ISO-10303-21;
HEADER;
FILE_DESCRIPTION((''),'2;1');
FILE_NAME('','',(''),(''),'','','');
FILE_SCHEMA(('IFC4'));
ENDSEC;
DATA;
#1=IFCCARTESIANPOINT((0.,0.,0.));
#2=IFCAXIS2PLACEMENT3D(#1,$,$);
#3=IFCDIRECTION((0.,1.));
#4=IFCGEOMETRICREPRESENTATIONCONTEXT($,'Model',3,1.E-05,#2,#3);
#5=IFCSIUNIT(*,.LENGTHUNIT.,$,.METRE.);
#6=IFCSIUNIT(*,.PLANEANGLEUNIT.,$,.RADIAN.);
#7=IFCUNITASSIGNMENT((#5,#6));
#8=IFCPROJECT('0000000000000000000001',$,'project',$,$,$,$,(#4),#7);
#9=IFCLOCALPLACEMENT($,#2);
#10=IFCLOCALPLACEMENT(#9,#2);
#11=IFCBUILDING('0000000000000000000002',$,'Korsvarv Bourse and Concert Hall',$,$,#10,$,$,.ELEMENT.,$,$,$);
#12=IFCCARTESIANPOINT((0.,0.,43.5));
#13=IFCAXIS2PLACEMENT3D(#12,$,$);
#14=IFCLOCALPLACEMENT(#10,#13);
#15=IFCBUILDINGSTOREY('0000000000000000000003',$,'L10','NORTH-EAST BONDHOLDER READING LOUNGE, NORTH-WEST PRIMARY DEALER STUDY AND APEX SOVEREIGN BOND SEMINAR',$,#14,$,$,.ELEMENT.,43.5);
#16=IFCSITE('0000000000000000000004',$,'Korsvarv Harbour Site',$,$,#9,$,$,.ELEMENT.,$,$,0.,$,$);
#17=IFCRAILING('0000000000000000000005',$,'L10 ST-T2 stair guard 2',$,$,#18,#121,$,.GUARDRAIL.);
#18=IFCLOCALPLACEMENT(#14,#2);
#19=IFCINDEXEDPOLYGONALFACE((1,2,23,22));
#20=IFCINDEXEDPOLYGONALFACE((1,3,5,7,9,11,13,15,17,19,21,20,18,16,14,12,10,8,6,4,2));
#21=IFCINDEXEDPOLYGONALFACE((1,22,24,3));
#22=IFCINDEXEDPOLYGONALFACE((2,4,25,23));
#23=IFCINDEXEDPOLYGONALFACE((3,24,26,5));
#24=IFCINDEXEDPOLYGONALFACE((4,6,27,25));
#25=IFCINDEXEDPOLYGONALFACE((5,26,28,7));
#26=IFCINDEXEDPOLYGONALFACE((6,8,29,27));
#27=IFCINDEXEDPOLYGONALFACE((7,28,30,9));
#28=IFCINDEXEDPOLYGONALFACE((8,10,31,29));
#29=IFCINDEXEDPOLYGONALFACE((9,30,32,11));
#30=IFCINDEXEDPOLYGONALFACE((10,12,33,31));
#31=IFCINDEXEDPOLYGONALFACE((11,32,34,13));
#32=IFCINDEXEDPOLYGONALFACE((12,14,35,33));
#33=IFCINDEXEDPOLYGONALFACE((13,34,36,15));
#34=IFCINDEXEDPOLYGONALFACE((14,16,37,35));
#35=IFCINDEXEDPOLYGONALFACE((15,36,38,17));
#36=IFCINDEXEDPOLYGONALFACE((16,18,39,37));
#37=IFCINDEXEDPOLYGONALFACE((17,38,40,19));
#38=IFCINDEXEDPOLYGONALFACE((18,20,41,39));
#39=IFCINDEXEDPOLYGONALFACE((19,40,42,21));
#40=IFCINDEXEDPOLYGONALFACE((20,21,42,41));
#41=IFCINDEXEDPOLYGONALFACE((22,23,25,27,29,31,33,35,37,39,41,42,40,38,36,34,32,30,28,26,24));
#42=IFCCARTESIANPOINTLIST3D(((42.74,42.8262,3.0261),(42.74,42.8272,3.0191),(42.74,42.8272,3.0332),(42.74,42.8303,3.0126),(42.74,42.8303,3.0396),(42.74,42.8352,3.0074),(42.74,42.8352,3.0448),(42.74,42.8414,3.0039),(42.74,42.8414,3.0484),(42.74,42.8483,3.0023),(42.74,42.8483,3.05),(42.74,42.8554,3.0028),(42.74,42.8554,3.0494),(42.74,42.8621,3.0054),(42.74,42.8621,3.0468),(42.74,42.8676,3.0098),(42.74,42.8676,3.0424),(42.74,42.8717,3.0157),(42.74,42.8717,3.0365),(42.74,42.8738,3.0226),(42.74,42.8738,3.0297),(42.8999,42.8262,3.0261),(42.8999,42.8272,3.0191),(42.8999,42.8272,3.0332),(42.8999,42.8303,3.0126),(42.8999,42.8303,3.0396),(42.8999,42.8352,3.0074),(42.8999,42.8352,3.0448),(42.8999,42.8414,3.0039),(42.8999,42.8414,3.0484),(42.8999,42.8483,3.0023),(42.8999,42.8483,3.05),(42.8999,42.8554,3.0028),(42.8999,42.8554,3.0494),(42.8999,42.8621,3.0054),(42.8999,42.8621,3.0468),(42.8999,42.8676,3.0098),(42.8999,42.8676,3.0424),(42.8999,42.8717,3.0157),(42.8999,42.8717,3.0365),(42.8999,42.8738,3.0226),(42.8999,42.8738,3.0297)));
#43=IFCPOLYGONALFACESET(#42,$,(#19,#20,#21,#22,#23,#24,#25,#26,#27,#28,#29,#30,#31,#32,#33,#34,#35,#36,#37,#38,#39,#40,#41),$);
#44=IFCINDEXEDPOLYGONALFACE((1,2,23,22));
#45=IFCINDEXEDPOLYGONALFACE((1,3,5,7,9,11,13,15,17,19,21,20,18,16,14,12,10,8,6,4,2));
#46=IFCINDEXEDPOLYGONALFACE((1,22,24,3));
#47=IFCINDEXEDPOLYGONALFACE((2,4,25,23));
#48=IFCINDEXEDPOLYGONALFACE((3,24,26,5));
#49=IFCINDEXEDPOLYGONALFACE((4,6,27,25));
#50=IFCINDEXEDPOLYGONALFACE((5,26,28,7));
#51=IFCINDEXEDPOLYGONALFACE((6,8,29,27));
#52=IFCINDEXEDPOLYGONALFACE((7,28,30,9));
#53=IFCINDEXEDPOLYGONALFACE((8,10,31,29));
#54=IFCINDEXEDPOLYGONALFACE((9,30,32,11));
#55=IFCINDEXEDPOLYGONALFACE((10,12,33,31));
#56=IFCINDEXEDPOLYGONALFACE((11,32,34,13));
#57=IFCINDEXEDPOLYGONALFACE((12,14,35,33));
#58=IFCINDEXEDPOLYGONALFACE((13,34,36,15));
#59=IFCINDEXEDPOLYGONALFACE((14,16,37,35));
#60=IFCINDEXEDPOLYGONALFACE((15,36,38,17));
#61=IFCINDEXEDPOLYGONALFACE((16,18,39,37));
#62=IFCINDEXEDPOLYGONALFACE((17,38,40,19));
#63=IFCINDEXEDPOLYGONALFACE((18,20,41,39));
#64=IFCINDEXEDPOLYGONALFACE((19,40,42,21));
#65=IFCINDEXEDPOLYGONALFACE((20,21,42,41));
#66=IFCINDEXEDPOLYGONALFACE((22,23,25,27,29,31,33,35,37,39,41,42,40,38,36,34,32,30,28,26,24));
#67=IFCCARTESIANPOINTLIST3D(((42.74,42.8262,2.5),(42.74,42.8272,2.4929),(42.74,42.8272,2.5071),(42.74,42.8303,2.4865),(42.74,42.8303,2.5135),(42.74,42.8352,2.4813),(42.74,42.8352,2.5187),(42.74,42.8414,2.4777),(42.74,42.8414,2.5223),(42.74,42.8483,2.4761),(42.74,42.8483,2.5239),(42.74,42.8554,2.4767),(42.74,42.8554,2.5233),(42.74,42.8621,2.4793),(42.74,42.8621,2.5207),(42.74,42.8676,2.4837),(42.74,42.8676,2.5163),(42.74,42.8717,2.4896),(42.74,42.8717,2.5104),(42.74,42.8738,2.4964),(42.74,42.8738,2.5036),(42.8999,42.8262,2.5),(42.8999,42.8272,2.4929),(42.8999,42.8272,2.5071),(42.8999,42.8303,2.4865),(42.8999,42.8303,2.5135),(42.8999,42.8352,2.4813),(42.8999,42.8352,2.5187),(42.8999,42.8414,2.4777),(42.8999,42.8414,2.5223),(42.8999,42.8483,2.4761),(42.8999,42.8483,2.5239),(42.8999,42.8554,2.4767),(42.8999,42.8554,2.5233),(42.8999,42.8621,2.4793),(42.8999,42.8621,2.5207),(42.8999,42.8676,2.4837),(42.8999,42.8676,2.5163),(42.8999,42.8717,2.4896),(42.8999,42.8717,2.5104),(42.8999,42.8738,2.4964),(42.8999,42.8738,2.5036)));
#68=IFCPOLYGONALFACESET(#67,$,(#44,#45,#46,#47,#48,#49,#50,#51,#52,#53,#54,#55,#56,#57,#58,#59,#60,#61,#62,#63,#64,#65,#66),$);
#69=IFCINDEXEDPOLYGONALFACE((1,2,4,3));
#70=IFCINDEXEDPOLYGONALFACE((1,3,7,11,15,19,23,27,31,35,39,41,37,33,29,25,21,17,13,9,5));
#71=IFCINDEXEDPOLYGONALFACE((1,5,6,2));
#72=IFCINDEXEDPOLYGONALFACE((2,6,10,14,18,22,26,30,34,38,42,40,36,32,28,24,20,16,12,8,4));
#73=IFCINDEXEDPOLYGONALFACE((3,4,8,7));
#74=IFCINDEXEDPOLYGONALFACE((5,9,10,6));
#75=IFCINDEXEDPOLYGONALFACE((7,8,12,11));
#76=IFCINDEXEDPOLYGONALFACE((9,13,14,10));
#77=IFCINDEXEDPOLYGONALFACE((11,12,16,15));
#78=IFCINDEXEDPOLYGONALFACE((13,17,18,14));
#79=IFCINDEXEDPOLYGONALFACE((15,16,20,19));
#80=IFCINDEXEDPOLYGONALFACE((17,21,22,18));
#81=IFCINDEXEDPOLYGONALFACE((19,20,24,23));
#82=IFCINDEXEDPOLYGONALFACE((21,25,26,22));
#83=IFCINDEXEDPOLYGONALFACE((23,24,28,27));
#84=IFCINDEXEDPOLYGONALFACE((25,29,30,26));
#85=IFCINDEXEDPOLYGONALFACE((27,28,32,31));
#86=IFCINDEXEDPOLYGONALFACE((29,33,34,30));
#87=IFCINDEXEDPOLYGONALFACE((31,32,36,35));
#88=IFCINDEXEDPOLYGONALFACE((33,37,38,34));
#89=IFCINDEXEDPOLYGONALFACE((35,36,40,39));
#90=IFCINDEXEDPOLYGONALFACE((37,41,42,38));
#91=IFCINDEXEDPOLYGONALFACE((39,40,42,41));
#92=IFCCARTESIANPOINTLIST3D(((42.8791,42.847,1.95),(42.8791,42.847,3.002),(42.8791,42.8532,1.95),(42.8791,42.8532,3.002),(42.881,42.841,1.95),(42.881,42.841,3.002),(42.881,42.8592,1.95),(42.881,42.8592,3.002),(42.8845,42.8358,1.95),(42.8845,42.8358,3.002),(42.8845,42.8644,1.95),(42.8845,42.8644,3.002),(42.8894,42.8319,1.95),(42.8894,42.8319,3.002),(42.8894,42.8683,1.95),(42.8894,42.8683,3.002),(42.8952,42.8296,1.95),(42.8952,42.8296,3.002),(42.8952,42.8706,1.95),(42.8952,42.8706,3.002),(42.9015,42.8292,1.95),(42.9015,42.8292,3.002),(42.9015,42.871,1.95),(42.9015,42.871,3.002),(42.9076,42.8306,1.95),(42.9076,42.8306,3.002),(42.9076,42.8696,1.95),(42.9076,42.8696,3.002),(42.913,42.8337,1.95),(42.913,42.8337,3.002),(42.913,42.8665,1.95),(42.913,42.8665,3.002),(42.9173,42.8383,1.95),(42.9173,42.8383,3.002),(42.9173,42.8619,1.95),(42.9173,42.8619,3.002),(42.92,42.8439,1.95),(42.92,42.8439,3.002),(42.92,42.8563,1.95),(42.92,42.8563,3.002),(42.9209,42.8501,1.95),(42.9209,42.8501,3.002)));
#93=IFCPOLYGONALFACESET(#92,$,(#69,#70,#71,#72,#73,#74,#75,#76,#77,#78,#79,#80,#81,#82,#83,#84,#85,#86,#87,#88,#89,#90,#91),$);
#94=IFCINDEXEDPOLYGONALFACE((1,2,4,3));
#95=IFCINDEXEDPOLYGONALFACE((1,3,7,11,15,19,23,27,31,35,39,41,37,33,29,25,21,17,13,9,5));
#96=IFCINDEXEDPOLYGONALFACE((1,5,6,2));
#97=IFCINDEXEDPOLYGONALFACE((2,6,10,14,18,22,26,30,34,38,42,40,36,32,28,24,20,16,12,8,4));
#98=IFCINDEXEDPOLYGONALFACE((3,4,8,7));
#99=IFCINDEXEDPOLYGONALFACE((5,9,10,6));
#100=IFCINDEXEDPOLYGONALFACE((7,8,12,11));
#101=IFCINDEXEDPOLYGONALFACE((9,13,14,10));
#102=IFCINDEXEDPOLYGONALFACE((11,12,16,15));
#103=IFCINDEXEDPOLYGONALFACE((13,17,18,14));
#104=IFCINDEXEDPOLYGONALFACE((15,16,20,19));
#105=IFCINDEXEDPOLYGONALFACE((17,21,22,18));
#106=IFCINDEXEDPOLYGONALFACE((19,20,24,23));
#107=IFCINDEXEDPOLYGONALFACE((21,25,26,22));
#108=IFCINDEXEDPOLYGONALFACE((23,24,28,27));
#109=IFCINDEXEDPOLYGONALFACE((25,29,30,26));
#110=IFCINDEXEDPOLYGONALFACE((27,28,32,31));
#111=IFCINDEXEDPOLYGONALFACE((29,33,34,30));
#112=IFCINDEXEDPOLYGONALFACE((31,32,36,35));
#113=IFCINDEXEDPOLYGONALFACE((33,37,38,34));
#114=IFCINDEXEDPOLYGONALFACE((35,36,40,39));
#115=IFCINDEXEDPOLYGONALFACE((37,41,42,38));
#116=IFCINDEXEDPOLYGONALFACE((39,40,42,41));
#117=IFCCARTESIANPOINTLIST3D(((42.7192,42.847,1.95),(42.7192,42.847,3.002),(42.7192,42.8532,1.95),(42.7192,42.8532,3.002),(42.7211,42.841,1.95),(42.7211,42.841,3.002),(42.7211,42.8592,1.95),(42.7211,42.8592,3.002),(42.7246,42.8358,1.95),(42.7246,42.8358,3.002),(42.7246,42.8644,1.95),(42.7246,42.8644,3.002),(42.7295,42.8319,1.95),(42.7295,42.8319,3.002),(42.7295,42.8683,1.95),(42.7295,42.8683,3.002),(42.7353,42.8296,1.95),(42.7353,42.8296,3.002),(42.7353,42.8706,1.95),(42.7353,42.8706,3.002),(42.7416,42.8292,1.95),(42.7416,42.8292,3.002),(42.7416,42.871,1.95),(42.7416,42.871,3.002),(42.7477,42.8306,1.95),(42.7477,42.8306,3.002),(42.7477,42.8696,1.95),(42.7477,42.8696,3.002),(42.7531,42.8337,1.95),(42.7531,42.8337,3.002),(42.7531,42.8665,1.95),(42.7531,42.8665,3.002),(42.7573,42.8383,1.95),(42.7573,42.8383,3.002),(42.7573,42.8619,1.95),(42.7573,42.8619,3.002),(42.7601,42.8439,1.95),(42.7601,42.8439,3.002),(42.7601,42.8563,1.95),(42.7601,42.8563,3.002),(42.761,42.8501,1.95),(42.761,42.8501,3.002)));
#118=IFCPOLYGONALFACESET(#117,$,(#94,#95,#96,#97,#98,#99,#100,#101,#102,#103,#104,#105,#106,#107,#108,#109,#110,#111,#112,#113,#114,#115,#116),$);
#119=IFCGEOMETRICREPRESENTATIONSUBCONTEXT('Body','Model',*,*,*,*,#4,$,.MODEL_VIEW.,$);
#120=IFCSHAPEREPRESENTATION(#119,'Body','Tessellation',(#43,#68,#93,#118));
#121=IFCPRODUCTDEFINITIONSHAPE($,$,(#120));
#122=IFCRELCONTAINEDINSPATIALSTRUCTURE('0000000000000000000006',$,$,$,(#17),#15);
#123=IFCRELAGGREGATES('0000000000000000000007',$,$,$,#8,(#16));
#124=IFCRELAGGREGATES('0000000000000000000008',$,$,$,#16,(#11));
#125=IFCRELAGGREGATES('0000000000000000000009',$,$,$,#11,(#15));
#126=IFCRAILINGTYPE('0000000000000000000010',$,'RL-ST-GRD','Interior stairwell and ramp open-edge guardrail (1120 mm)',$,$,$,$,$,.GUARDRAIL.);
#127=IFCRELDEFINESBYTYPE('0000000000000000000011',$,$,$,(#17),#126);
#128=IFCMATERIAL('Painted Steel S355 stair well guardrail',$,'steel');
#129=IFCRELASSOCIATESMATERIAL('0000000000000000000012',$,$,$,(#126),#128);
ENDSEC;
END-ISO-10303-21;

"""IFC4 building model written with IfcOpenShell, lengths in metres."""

from ifc_helpers import new_model, si_unit, direction, frame, origin, origin_2d, place, context, subcontext, project, spatial, circle, extrude, material, type_object, element, save


model = new_model("IFC4")

# Units and contexts
model_context = context("Model", 3, precision=1e-05, world=origin(), true_north=direction((0.0, 1.0)))
body_context = subcontext(model_context, "Body", "Model", "MODEL_VIEW")
ifc_project = project(units=[si_unit("LENGTHUNIT", "METRE"), si_unit("PLANEANGLEUNIT", "RADIAN")], contexts=[model_context])

# Site, building, storey
site_placement = place(None, origin())
site = spatial("IfcSite", under=ifc_project, at=site_placement, Name="Korsvarv Harbour Site", CompositionType="ELEMENT", RefElevation=0.0)
building_placement = place(site_placement, origin())
building = spatial("IfcBuilding", under=site, at=building_placement, Name="Korsvarv Bourse and Concert Hall", CompositionType="ELEMENT")
storey_placement = place(building_placement, frame((0.0, 0.0, 43.5)))
storey = spatial("IfcBuildingStorey", under=building, at=storey_placement, Name="L10", Description="NORTH-EAST BONDHOLDER READING LOUNGE, NORTH-WEST PRIMARY DEALER STUDY AND APEX SOVEREIGN BOND SEMINAR", CompositionType="ELEMENT", Elevation=43.5)

# Railing
ifc_material_1 = material(Name="Painted Steel S355 stair well guardrail", Category="steel")
railing_type_1 = type_object("IfcRailingType", Name="RL-ST-GRD", Description="Interior stairwell and ramp open-edge guardrail (1120 mm)", PredefinedType="GUARDRAIL", material=ifc_material_1)
railing_1_placement = place(storey_placement, frame((42.8999, 42.8501, 1.95)))
element("IfcRailing", 1, at=railing_1_placement, inside=storey, type_object=railing_type_1, Name="L10 ST-T2 stair guard 2", PredefinedType="GUARDRAIL", context=body_context, shape_type="SweptSolid", body=[
    extrude(circle(Radius=0.0239, at=origin_2d()), frame((0.0, 0.0, 1.0762), z_axis=(-1.0, 0.0, 0.0), x_axis=(0.0, -1.0, 0.0)), (0.0, 0.0, 1.0), 0.1599),
    extrude(circle(Radius=0.0239, at=origin_2d()), frame((0.0, 0.0, 0.55), z_axis=(-1.0, 0.0, 0.0), x_axis=(0.0, -1.0, 0.0)), (0.0, 0.0, 1.0), 0.1599),
    extrude(circle(Radius=0.021, at=origin_2d()), origin(), (0.0, 0.0, 1.0), 1.052),
    extrude(circle(Radius=0.021, at=origin_2d()), frame((-0.1599, 0.0, 0.0)), (0.0, 0.0, 1.0), 1.052),
])

save(model, "model.ifc")
